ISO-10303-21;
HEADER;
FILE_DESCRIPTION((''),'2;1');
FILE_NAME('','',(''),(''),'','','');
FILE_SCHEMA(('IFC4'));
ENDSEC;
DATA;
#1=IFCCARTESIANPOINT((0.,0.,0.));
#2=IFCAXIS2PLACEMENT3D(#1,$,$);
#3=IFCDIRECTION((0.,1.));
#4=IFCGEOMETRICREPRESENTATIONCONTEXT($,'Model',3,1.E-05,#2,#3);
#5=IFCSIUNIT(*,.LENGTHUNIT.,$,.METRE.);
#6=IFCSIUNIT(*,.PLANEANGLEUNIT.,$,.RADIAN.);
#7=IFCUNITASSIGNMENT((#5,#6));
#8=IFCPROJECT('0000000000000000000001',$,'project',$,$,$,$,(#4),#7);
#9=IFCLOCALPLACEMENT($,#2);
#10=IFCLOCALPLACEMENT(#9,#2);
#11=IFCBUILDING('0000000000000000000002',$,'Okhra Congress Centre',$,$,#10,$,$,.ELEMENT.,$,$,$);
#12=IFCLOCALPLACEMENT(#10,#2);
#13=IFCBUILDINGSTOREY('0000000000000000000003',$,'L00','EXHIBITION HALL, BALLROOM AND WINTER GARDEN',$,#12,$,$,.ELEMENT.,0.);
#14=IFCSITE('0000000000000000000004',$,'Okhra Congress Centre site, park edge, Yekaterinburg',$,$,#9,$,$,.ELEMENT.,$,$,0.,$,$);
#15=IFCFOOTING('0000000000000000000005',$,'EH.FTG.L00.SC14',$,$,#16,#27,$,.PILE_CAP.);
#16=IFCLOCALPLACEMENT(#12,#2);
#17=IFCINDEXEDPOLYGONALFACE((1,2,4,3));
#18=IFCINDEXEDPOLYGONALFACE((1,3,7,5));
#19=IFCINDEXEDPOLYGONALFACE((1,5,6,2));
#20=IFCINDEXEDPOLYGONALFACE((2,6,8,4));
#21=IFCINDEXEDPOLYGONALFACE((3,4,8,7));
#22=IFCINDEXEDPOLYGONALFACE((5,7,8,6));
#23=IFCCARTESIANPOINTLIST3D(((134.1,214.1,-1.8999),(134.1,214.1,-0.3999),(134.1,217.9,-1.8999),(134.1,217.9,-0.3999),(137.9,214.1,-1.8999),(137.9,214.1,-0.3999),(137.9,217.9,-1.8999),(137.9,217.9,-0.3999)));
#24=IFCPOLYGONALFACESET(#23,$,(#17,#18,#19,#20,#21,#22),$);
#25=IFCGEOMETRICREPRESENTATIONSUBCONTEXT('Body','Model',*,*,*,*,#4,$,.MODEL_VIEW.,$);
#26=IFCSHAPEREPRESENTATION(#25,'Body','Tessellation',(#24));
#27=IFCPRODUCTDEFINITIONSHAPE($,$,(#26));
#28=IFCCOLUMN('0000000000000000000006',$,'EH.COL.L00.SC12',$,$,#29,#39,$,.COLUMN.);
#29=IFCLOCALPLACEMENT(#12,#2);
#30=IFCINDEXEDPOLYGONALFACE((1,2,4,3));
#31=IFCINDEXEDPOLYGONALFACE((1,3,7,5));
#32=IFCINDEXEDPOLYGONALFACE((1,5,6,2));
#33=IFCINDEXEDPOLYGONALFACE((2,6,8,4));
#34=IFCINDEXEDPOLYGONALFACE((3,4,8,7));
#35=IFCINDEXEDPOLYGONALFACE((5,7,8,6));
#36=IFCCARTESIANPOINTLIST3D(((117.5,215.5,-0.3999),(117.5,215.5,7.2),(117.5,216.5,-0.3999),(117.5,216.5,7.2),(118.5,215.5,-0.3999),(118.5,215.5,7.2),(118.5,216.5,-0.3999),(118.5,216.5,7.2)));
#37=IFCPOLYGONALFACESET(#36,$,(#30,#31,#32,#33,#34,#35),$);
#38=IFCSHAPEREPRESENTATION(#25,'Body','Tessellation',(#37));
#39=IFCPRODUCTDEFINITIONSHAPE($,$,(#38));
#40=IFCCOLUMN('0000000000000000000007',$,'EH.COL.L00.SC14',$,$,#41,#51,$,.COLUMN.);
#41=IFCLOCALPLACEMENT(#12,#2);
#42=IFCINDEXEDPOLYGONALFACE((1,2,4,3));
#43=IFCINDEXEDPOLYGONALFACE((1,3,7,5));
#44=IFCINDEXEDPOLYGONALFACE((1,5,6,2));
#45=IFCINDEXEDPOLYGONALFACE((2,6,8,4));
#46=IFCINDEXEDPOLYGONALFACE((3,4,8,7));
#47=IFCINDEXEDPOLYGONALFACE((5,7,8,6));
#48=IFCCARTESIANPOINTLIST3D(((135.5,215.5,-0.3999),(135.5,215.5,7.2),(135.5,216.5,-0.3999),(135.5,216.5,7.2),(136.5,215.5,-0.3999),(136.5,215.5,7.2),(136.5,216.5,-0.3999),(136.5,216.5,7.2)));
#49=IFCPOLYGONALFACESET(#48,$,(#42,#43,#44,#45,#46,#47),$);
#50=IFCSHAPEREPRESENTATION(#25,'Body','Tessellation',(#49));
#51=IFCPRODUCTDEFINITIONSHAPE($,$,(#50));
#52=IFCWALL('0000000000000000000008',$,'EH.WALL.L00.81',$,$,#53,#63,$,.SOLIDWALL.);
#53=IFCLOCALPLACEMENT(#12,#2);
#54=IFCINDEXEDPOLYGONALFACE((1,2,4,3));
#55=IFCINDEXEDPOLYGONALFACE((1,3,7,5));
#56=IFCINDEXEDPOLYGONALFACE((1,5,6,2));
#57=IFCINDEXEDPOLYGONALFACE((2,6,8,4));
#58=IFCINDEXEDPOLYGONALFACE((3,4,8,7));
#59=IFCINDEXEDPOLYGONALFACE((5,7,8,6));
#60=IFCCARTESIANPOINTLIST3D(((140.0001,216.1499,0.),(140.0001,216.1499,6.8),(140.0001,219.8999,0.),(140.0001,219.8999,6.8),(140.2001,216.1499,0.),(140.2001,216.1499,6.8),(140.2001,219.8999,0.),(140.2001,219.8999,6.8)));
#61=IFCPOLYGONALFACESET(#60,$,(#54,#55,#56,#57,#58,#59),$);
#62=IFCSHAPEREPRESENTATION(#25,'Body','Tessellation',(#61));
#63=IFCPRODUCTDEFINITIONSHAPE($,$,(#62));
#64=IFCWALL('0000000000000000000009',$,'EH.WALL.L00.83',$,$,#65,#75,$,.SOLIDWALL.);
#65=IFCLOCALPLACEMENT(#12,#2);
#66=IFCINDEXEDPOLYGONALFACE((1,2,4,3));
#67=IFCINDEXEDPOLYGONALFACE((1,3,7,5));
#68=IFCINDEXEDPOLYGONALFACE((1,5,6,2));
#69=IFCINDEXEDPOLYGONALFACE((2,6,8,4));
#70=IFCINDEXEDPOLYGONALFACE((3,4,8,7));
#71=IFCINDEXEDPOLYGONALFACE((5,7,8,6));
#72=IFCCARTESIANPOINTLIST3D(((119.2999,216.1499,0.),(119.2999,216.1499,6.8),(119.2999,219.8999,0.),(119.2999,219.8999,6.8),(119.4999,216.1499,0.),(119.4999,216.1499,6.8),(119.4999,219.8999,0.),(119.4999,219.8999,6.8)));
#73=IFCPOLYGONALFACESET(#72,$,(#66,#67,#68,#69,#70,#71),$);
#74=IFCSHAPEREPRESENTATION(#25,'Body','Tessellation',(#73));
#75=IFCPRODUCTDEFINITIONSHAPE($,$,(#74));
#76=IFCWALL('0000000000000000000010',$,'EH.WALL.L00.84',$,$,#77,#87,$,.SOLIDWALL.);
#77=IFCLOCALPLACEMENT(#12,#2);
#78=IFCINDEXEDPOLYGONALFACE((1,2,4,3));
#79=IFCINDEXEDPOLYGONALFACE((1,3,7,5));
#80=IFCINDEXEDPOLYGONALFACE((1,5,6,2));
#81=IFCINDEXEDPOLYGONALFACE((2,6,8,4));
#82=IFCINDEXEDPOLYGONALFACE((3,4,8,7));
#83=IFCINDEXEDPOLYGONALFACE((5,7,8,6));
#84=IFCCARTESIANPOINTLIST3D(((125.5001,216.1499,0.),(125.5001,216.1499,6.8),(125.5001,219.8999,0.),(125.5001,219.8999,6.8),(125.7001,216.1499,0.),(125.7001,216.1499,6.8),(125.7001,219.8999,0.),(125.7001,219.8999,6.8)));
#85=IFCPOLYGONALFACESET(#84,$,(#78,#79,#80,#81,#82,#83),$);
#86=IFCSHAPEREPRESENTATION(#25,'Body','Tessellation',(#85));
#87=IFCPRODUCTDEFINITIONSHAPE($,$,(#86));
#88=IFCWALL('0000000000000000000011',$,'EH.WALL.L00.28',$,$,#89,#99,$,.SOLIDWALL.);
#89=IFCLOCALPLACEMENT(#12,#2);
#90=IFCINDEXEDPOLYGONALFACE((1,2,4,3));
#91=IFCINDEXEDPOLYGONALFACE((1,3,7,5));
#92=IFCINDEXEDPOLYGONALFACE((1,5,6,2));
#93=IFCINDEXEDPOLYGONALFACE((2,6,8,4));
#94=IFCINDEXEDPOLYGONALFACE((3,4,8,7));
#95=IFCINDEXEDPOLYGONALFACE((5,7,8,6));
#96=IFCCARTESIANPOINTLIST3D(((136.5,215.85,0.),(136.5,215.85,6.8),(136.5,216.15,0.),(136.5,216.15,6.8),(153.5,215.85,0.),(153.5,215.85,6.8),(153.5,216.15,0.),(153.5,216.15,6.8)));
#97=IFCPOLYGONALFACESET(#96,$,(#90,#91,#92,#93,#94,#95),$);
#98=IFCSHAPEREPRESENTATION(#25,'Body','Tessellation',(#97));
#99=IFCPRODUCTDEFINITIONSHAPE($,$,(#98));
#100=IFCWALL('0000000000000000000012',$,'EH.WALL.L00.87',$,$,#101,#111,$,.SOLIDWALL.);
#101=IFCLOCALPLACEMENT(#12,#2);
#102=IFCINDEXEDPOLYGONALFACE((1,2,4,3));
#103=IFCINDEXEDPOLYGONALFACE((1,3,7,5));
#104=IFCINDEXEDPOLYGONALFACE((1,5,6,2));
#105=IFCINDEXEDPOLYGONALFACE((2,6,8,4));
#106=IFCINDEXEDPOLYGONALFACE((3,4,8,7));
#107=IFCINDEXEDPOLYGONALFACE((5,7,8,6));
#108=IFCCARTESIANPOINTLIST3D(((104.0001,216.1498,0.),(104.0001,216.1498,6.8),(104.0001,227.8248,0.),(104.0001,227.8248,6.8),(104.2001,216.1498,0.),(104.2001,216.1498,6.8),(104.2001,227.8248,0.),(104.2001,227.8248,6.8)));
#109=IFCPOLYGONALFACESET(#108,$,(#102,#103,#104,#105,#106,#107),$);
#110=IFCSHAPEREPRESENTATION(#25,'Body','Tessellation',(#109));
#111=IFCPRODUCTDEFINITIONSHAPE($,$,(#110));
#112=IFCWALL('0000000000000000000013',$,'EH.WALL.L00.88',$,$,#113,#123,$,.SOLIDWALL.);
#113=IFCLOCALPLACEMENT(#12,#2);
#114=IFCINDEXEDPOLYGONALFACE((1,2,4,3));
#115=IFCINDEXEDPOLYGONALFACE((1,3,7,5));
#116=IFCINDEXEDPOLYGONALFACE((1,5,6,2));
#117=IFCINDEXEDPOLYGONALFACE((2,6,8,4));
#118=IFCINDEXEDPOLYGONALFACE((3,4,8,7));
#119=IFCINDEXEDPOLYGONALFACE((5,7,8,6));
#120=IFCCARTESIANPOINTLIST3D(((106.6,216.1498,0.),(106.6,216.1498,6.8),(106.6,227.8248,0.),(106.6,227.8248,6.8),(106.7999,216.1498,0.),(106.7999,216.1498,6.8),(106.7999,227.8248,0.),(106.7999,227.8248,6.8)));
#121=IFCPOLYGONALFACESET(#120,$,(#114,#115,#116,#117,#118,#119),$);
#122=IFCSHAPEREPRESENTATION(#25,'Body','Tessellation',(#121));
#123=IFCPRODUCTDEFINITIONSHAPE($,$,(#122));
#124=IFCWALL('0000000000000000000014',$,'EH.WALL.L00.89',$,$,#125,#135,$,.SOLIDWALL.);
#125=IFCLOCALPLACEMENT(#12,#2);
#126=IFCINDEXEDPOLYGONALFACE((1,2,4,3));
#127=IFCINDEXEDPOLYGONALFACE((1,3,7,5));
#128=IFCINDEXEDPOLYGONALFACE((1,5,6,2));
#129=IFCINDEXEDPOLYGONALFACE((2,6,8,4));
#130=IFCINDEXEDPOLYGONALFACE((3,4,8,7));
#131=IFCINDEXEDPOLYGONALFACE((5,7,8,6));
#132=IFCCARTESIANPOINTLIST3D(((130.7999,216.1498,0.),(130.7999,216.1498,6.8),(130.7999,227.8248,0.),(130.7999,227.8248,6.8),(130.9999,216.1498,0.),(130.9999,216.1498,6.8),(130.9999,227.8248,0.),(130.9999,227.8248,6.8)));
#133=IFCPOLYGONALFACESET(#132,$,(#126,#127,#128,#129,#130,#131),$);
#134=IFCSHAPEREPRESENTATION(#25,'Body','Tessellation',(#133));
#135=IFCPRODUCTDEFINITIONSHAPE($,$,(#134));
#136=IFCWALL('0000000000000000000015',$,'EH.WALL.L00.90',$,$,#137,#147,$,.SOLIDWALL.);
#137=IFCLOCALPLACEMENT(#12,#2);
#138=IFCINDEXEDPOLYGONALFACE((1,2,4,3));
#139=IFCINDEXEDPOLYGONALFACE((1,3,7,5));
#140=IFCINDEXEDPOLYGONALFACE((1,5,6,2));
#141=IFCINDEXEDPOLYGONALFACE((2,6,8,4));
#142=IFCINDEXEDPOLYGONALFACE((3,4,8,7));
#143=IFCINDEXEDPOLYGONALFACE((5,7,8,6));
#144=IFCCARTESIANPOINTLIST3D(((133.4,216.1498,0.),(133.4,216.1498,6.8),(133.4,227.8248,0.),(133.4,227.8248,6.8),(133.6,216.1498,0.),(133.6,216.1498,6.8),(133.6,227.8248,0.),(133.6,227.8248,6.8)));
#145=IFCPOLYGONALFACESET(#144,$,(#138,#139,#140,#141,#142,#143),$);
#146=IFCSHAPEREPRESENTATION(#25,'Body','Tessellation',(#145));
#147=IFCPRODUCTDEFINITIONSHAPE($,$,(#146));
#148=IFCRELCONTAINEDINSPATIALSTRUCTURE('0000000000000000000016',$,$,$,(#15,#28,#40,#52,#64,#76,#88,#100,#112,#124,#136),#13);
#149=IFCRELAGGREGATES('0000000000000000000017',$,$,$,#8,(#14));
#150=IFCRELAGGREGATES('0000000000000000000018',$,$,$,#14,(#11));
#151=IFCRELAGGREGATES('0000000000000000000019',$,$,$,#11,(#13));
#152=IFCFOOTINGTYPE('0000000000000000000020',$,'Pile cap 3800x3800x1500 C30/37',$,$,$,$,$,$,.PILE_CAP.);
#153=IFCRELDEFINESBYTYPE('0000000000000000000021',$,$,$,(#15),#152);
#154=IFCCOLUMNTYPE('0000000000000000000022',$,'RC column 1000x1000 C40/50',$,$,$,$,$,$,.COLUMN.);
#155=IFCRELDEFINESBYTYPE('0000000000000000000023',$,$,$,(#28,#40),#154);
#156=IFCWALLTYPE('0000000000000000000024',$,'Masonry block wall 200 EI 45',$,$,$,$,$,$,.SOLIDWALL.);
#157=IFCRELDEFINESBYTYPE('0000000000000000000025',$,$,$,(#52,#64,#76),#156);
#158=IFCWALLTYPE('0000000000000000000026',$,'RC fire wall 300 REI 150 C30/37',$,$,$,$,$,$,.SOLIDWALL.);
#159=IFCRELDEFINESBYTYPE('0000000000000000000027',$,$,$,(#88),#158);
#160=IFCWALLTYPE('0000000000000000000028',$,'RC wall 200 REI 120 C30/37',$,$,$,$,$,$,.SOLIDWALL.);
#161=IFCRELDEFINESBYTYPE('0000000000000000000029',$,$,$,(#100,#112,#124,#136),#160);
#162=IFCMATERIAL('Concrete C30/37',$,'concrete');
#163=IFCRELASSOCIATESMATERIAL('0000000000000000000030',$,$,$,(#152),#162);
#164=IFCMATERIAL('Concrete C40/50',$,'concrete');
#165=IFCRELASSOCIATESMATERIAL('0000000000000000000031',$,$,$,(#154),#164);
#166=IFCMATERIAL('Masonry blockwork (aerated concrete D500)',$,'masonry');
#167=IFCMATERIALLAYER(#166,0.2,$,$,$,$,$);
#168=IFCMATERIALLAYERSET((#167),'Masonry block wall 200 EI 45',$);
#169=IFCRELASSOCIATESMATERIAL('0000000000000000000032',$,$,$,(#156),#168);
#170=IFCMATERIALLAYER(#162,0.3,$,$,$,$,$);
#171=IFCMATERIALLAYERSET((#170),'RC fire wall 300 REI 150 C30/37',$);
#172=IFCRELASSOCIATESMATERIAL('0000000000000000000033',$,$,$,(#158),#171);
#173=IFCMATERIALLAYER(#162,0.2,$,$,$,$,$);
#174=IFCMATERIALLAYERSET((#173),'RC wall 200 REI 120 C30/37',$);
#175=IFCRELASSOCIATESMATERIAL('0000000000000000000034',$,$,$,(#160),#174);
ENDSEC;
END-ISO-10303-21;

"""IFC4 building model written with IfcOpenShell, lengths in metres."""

from ifc_helpers import new_model, si_unit, direction, frame, frame_2d, origin, origin_2d, place, context, subcontext, project, spatial, rectangle, extrude, material, layer, layer_set, material_profile, profile_set, type_object, element, save


model = new_model("IFC4")

# Units and contexts
model_context = context("Model", 3, precision=1e-05, world=origin(), true_north=direction((0.0, 1.0)))
body_context = subcontext(model_context, "Body", "Model", "MODEL_VIEW")
ifc_project = project(units=[si_unit("LENGTHUNIT", "METRE"), si_unit("PLANEANGLEUNIT", "RADIAN")], contexts=[model_context])

# Site, building, storey
site_placement = place(None, origin())
site = spatial("IfcSite", under=ifc_project, at=site_placement, Name="Okhra Congress Centre site, park edge, Yekaterinburg", CompositionType="ELEMENT", RefElevation=0.0)
building_placement = place(site_placement, origin())
building = spatial("IfcBuilding", under=site, at=building_placement, Name="Okhra Congress Centre", CompositionType="ELEMENT")
storey_placement = place(building_placement, origin())
storey = spatial("IfcBuildingStorey", under=building, at=storey_placement, Name="L00", Description="EXHIBITION HALL, BALLROOM AND WINTER GARDEN", CompositionType="ELEMENT", Elevation=0.0)

# Shared definitions
ifc_material_1 = material(Name="Concrete C30/37", Category="concrete")

# Footing
footing_type_1 = type_object("IfcFootingType", Name="Pile cap 3800x3800x1500 C30/37", PredefinedType="PILE_CAP", material=ifc_material_1)
for number, where, z_axis, x_axis, name in (
    (1, (136.0, 216.0, -1.8999), (0.0, 0.0, 1.0), (1.0, 0.0, 0.0), "EH.FTG.L00.SC14"),
):
    element("IfcFooting", number, at=place(storey_placement, frame(where, z_axis=z_axis, x_axis=x_axis)), inside=storey, type_object=footing_type_1, Name=name, PredefinedType="PILE_CAP", context=body_context, shape_type="SweptSolid", body=[
        extrude(rectangle(XDim=3.8, YDim=3.8, at=origin_2d()), origin(), (0.0, 0.0, 1.0), 1.5),
    ])

# Columns
ifc_material_2 = material(Name="Concrete C40/50", Category="concrete")
ifc_material_profile_1 = material_profile(ifc_material_2, rectangle(XDim=1.0, YDim=1.0, at=origin_2d()), Name="RC 1000x1000")
ifc_profile_set_1 = profile_set([ifc_material_profile_1], Name="Concrete C40/50")
column_type = type_object("IfcColumnType", Name="RC column 1000x1000 C40/50", PredefinedType="COLUMN", material=ifc_profile_set_1)
for number, where, z_axis, x_axis, name in (
    (2, (118.0, 216.0, -0.3999), (0.0, 0.0, 1.0), (1.0, 0.0, 0.0), "EH.COL.L00.SC12"),
    (3, (136.0, 216.0, -0.3999), (0.0, 0.0, 1.0), (1.0, 0.0, 0.0), "EH.COL.L00.SC14"),
):
    element("IfcColumn", number, at=place(storey_placement, frame(where, z_axis=z_axis, x_axis=x_axis)), inside=storey, type_object=column_type, Name=name, PredefinedType="COLUMN", context=body_context, shape_type="SweptSolid", body=[
        extrude(rectangle(XDim=1.0, YDim=1.0, at=origin_2d()), origin(), (0.0, 0.0, 1.0), 7.5999),
    ])

# Walls
ifc_material_3 = material(Name="Masonry blockwork (aerated concrete D500)", Category="masonry")
ifc_layer_1 = layer(ifc_material_3, 0.2)
ifc_layer_set_1 = layer_set([ifc_layer_1], Name="Masonry block wall 200 EI 45")
wall_type_1 = type_object("IfcWallType", Name="Masonry block wall 200 EI 45", PredefinedType="SOLIDWALL", material=ifc_layer_set_1)
for number, where, z_axis, x_axis, name in (
    (4, (140.1001, 216.1499, 0.0), (0.0, 0.0, 1.0), (0.0, 1.0, 0.0), "EH.WALL.L00.81"),
    (5, (119.3999, 216.1499, 0.0), (0.0, 0.0, 1.0), (0.0, 1.0, 0.0), "EH.WALL.L00.83"),
    (6, (125.6001, 216.1499, 0.0), (0.0, 0.0, 1.0), (0.0, 1.0, 0.0), "EH.WALL.L00.84"),
):
    element("IfcWall", number, at=place(storey_placement, frame(where, z_axis=z_axis, x_axis=x_axis)), inside=storey, type_object=wall_type_1, Name=name, PredefinedType="SOLIDWALL", context=body_context, shape_type="SweptSolid", body=[
        extrude(rectangle(XDim=3.75, YDim=0.2, at=frame_2d((1.875, 0.0))), origin(), (0.0, 0.0, 1.0), 6.8),
    ])

# Shared definitions
ifc_layer_2 = layer(ifc_material_1, 0.3)
ifc_layer_set_2 = layer_set([ifc_layer_2], Name="RC fire wall 300 REI 150 C30/37")
wall_type_2 = type_object("IfcWallType", Name="RC fire wall 300 REI 150 C30/37", PredefinedType="SOLIDWALL", material=ifc_layer_set_2)

# Walls
wall_1_placement = place(storey_placement, frame((136.5, 216.0, 0.0), z_axis=(0.0, 0.0, 1.0), x_axis=(1.0, 0.0, 0.0)))
element("IfcWall", 7, at=wall_1_placement, inside=storey, type_object=wall_type_2, Name="EH.WALL.L00.28", PredefinedType="SOLIDWALL", context=body_context, shape_type="SweptSolid", body=[
    extrude(rectangle(XDim=17.0, YDim=0.3, at=frame_2d((8.5, 0.0))), origin(), (0.0, 0.0, 1.0), 6.8),
])
ifc_layer_3 = layer(ifc_material_1, 0.2)
ifc_layer_set_3 = layer_set([ifc_layer_3], Name="RC wall 200 REI 120 C30/37")
wall_type_3 = type_object("IfcWallType", Name="RC wall 200 REI 120 C30/37", PredefinedType="SOLIDWALL", material=ifc_layer_set_3)
for number, where, z_axis, x_axis, name in (
    (8, (104.1001, 216.1499, 0.0), (0.0, 0.0, 1.0), (0.0, 1.0, 0.0), "EH.WALL.L00.87"),
    (9, (106.7, 216.1499, 0.0), (0.0, 0.0, 1.0), (0.0, 1.0, 0.0), "EH.WALL.L00.88"),
    (10, (130.8999, 216.1499, 0.0), (0.0, 0.0, 1.0), (0.0, 1.0, 0.0), "EH.WALL.L00.89"),
    (11, (133.5, 216.1499, 0.0), (0.0, 0.0, 1.0), (0.0, 1.0, 0.0), "EH.WALL.L00.90"),
):
    element("IfcWall", number, at=place(storey_placement, frame(where, z_axis=z_axis, x_axis=x_axis)), inside=storey, type_object=wall_type_3, Name=name, PredefinedType="SOLIDWALL", context=body_context, shape_type="SweptSolid", body=[
        extrude(rectangle(XDim=11.675, YDim=0.2, at=frame_2d((5.8374, 0.0))), origin(), (0.0, 0.0, 1.0), 6.8),
    ])

save(model, "model.ifc")
